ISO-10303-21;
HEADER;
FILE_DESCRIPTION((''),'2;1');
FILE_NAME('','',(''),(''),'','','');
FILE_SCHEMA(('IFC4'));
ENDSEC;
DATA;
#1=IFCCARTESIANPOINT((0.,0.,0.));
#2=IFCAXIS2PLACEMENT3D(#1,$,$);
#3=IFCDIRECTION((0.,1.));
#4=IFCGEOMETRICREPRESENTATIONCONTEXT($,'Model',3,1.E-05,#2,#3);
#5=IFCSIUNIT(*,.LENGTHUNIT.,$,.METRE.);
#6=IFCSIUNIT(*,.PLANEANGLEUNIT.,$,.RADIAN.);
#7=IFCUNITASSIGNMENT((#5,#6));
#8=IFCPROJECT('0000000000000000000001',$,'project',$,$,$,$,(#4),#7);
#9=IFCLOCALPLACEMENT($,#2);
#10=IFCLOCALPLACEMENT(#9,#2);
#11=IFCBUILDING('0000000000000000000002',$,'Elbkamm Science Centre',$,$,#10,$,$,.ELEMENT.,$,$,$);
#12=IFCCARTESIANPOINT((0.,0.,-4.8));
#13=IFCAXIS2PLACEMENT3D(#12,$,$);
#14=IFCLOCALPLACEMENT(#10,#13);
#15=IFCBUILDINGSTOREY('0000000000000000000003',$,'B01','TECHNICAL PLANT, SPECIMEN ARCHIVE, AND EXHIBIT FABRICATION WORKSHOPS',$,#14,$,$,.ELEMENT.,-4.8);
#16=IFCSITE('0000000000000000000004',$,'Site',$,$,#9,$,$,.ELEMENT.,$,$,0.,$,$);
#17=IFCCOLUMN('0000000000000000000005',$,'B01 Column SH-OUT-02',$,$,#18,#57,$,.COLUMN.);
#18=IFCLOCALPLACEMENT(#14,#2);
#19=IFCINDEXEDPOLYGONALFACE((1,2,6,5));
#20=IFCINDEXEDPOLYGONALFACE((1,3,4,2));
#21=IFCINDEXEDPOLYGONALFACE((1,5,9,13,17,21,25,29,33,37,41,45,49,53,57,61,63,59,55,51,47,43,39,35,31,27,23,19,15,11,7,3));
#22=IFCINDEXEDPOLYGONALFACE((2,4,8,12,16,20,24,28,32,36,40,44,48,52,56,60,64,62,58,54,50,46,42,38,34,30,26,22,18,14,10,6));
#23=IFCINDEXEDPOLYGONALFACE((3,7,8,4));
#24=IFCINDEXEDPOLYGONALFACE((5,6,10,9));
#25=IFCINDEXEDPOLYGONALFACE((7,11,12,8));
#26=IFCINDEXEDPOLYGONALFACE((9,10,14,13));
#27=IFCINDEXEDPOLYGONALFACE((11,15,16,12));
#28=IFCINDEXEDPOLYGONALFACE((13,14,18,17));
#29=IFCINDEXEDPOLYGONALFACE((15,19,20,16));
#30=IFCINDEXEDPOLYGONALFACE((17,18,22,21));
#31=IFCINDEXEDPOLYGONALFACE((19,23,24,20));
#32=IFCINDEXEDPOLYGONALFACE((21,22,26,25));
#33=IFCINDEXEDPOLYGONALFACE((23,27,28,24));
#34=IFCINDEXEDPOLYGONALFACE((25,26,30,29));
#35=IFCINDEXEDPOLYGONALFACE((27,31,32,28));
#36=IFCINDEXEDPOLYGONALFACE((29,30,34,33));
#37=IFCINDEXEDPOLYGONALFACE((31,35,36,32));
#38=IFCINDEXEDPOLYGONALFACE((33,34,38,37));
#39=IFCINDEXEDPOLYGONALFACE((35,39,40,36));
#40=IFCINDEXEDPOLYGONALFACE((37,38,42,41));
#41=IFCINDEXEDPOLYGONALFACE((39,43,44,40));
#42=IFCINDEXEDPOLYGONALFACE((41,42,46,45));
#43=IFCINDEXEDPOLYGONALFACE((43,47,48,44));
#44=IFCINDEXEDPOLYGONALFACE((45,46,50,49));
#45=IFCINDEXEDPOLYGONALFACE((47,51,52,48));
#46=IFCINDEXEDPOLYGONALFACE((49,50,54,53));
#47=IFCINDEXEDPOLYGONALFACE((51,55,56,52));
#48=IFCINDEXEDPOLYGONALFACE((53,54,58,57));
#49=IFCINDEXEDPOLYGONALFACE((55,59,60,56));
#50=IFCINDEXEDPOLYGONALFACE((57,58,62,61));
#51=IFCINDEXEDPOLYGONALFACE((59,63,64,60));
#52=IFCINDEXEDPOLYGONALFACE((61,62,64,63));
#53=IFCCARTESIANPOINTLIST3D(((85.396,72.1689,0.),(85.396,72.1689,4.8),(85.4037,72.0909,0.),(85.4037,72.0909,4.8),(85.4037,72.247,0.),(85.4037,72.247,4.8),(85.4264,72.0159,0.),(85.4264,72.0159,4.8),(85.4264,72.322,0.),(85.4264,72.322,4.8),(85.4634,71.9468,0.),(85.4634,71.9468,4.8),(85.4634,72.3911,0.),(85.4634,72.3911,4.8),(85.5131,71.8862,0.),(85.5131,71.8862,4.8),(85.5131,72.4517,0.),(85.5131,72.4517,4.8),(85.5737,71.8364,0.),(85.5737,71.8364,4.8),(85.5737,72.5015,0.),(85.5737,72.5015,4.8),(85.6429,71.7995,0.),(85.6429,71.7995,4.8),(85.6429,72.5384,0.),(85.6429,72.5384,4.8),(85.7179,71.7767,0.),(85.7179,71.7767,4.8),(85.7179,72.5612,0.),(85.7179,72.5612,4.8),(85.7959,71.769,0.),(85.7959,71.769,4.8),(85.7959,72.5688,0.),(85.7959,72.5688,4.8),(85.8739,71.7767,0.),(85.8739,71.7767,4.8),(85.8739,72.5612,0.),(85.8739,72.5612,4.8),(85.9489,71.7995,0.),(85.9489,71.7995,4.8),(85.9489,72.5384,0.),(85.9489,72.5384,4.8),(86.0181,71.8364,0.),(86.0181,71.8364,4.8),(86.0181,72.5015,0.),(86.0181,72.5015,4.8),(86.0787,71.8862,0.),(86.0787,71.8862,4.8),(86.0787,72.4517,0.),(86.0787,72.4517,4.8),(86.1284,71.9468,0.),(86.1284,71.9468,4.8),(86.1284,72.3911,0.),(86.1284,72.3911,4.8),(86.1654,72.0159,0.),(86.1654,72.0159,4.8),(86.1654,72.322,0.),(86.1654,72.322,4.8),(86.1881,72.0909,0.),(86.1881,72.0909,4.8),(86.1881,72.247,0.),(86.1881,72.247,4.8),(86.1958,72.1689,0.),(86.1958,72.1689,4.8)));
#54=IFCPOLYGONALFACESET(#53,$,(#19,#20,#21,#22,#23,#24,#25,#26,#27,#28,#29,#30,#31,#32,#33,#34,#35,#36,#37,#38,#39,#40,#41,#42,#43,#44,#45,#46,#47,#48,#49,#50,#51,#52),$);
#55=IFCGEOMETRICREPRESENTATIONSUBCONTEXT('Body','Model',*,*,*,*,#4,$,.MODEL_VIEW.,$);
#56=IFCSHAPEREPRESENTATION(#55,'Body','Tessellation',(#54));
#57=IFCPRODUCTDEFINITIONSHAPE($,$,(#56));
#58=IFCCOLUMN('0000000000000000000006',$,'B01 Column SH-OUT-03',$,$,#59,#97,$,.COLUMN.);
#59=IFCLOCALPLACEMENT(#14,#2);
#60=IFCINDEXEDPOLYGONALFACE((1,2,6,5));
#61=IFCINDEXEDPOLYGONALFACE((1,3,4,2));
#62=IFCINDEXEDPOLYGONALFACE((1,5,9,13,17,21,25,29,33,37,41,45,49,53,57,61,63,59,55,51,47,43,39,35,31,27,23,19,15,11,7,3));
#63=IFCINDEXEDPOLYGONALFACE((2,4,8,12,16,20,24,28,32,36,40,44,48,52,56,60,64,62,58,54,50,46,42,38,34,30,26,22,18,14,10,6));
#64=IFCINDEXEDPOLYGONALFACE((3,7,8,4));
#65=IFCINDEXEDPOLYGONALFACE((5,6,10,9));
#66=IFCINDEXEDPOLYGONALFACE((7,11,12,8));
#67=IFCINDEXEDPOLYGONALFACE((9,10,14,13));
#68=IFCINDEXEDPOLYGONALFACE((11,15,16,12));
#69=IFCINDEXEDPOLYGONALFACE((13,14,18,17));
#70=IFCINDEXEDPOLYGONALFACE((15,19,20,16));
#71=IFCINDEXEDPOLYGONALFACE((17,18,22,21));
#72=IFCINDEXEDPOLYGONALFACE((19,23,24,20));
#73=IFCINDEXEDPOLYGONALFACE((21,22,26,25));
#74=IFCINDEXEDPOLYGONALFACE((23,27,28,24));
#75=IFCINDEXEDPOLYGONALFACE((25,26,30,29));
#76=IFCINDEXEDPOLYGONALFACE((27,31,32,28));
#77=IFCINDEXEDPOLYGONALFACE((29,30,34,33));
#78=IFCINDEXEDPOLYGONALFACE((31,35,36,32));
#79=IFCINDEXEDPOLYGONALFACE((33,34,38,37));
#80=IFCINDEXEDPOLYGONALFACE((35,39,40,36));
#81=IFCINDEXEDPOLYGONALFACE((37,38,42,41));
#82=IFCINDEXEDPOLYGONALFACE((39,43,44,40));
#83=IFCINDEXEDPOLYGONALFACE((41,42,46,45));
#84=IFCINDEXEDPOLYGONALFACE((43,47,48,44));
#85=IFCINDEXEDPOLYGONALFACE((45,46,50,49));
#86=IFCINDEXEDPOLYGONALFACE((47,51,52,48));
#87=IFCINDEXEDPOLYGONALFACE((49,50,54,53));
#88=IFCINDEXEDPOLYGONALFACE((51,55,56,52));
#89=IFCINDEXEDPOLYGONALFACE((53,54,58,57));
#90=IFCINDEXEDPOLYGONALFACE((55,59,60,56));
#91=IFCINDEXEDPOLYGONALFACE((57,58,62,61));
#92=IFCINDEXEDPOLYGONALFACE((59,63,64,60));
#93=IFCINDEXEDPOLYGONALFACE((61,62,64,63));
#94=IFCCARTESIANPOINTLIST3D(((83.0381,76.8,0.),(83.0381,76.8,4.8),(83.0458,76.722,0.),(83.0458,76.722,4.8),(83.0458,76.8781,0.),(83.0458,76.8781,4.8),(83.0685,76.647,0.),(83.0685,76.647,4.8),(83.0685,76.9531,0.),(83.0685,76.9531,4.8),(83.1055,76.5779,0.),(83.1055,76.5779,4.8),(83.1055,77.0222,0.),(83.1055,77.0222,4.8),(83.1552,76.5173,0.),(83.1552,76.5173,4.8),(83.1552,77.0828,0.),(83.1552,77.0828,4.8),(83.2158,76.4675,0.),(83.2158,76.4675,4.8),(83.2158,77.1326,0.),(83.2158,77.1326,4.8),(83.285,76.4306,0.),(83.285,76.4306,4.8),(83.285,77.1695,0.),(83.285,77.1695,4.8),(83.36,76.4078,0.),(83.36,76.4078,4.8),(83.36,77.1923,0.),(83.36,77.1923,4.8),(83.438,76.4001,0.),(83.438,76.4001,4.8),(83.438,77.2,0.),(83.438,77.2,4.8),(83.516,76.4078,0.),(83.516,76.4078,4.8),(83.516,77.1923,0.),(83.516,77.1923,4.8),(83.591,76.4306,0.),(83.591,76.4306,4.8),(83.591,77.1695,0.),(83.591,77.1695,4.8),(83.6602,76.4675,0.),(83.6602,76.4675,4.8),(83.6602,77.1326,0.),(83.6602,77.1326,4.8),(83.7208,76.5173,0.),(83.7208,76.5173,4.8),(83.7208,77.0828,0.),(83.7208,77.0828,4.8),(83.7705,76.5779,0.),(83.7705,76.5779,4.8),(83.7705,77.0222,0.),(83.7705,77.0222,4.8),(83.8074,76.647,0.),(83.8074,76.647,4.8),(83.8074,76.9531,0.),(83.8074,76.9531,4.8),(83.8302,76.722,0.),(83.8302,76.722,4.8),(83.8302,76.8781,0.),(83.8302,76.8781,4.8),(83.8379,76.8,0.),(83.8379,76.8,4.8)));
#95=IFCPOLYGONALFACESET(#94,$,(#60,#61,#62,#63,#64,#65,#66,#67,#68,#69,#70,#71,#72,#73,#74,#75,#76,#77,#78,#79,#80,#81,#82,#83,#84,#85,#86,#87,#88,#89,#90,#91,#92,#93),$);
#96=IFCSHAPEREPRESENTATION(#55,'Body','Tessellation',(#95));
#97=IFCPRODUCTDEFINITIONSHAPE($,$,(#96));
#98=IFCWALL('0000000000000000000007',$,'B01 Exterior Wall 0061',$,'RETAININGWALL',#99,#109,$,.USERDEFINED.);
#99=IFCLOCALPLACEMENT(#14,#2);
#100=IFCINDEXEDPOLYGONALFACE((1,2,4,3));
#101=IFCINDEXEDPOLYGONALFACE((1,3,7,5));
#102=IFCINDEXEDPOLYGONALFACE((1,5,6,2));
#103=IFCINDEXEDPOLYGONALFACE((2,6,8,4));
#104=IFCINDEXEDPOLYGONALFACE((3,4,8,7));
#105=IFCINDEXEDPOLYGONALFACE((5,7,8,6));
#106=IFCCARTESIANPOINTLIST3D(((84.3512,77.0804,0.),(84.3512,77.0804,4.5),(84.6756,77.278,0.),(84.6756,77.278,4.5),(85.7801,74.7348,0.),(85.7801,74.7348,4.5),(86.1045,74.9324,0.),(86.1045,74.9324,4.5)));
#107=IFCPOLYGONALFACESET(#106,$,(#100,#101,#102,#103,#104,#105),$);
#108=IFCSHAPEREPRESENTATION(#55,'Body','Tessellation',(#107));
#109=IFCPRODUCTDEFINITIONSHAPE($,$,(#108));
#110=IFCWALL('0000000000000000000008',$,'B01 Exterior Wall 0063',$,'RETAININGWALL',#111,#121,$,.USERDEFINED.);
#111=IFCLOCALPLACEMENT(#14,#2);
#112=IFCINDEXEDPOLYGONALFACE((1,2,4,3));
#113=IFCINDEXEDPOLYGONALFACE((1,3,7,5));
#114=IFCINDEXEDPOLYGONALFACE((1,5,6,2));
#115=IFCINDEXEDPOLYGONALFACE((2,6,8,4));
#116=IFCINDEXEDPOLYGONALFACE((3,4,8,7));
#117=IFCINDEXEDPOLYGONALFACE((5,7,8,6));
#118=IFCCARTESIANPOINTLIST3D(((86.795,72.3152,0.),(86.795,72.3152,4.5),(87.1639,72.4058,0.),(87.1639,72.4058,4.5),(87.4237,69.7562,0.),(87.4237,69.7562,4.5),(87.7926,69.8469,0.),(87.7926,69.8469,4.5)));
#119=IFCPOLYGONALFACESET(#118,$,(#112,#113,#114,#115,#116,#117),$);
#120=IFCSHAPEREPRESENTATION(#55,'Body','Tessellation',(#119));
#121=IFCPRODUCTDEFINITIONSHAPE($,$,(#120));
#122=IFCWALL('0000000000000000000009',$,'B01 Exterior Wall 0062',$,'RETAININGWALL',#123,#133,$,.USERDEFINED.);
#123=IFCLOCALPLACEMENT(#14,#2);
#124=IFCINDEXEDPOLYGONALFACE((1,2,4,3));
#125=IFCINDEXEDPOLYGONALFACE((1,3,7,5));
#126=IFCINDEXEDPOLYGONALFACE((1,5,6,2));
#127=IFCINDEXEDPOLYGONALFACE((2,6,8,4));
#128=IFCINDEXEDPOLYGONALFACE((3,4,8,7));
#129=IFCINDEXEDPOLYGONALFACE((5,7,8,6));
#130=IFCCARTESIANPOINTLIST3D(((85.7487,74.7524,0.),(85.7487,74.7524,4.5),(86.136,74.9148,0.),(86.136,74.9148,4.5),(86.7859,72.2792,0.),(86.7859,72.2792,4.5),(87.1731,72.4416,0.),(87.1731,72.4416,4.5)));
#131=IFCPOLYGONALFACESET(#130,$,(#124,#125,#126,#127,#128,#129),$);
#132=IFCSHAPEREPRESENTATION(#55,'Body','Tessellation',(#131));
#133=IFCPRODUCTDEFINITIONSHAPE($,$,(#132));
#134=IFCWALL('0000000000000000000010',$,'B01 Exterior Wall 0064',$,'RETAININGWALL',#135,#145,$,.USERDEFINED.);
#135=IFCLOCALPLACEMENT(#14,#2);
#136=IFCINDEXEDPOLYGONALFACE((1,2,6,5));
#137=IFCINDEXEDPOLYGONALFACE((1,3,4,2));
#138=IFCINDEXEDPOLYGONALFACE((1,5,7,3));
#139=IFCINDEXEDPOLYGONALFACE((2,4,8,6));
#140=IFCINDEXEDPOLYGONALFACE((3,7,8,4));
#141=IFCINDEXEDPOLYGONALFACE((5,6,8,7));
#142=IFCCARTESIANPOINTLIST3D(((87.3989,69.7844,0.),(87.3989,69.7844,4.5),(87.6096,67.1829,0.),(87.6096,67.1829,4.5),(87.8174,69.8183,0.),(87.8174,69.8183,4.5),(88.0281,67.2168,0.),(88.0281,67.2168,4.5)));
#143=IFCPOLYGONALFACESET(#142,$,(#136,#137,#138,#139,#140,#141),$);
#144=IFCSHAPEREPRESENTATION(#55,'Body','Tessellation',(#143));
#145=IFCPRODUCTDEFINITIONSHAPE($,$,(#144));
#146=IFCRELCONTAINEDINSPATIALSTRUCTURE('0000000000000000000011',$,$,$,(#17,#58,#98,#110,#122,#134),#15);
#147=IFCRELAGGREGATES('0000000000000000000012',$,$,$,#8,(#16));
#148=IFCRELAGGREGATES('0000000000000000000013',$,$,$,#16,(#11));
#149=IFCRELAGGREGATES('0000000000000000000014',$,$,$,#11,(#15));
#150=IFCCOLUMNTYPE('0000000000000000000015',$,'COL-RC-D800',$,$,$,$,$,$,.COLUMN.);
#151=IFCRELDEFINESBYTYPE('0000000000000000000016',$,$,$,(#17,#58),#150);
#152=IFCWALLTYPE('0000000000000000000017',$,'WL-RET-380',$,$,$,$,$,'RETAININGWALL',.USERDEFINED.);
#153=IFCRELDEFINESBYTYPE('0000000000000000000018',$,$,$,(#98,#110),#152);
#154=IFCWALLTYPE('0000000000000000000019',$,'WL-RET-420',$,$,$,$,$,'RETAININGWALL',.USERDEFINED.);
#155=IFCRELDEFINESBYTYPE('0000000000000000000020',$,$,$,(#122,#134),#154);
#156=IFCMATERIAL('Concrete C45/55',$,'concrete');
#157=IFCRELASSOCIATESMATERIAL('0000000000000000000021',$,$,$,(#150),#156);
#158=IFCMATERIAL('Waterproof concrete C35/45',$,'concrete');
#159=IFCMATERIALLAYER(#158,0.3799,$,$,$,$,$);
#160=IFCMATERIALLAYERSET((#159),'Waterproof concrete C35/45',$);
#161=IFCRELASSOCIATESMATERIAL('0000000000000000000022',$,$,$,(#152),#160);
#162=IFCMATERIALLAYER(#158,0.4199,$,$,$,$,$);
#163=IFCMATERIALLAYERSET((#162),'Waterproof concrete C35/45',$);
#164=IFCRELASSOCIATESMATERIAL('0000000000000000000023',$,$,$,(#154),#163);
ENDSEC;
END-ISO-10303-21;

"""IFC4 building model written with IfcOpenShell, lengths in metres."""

from ifc_helpers import new_model, si_unit, direction, frame, frame_2d, origin, origin_2d, place, context, subcontext, project, spatial, rectangle, circle, extrude, material, layer, layer_set, material_profile, profile_set, type_object, element, save


model = new_model("IFC4")

# Units and contexts
model_context = context("Model", 3, precision=1e-05, world=origin(), true_north=direction((0.0, 1.0)))
body_context = subcontext(model_context, "Body", "Model", "MODEL_VIEW")
ifc_project = project(units=[si_unit("LENGTHUNIT", "METRE"), si_unit("PLANEANGLEUNIT", "RADIAN")], contexts=[model_context])

# Site, building, storey
site_placement = place(None, origin())
site = spatial("IfcSite", under=ifc_project, at=site_placement, Name="Site", CompositionType="ELEMENT", RefElevation=0.0)
building_placement = place(site_placement, origin())
building = spatial("IfcBuilding", under=site, at=building_placement, Name="Elbkamm Science Centre", CompositionType="ELEMENT")
storey_placement = place(building_placement, frame((0.0, 0.0, -4.8)))
storey = spatial("IfcBuildingStorey", under=building, at=storey_placement, Name="B01", Description="TECHNICAL PLANT, SPECIMEN ARCHIVE, AND EXHIBIT FABRICATION WORKSHOPS", CompositionType="ELEMENT", Elevation=-4.8)

# Columns
ifc_material_1 = material(Name="Concrete C45/55", Category="concrete")
ifc_material_profile_1 = material_profile(ifc_material_1, circle(Radius=0.3999, at=origin_2d()), Name="RC D800")
ifc_profile_set_1 = profile_set([ifc_material_profile_1], Name="Concrete C45/55")
column_type_1 = type_object("IfcColumnType", Name="COL-RC-D800", PredefinedType="COLUMN", material=ifc_profile_set_1)
for number, where, z_axis, x_axis, name in (
    (1, (85.7959, 72.1689, 0.0), (0.0, 0.0, 1.0), (1.0, 0.0, 0.0), "B01 Column SH-OUT-02"),
    (2, (83.438, 76.8, 0.0), (0.0, 0.0, 1.0), (1.0, 0.0, 0.0), "B01 Column SH-OUT-03"),
):
    element("IfcColumn", number, at=place(storey_placement, frame(where, z_axis=z_axis, x_axis=x_axis)), inside=storey, type_object=column_type_1, Name=name, PredefinedType="COLUMN", context=body_context, shape_type="SweptSolid", body=[
        extrude(circle(Radius=0.3999, at=origin_2d()), origin(), (0.0, 0.0, 1.0), 4.8),
    ])

# Walls
ifc_material_2 = material(Name="Waterproof concrete C35/45", Category="concrete")
ifc_layer_1 = layer(ifc_material_2, 0.3799)
ifc_layer_set_1 = layer_set([ifc_layer_1], Name="Waterproof concrete C35/45")
wall_type_1 = type_object("IfcWallType", Name="WL-RET-380", ElementType="RETAININGWALL", PredefinedType="USERDEFINED", material=ifc_layer_set_1)
wall_1_placement = place(storey_placement, frame((84.5134, 77.1792, 0.0), z_axis=(0.0, 0.0, 1.0), x_axis=(0.520249, -0.854015, 0.0)))
element("IfcWall", 3, at=wall_1_placement, inside=storey, type_object=wall_type_1, Name="B01 Exterior Wall 0061", ObjectType="RETAININGWALL", PredefinedType="USERDEFINED", context=body_context, shape_type="SweptSolid", body=[
    extrude(rectangle(XDim=2.7466, YDim=0.3799, at=frame_2d((1.3733, 0.0))), origin(), (0.0, 0.0, 1.0), 4.5),
])
wall_2_placement = place(storey_placement, frame((86.9795, 72.3604, 0.0), z_axis=(0.0, 0.0, 1.0), x_axis=(0.238588, -0.971121, 0.0)))
element("IfcWall", 4, at=wall_2_placement, inside=storey, type_object=wall_type_1, Name="B01 Exterior Wall 0063", ObjectType="RETAININGWALL", PredefinedType="USERDEFINED", context=body_context, shape_type="SweptSolid", body=[
    extrude(rectangle(XDim=2.635, YDim=0.3799, at=frame_2d((1.3174, 0.0))), origin(), (0.0, 0.0, 1.0), 4.5),
])
ifc_layer_2 = layer(ifc_material_2, 0.4199)
ifc_layer_set_2 = layer_set([ifc_layer_2], Name="Waterproof concrete C35/45")
wall_type_2 = type_object("IfcWallType", Name="WL-RET-420", ElementType="RETAININGWALL", PredefinedType="USERDEFINED", material=ifc_layer_set_2)
wall_3_placement = place(storey_placement, frame((85.9424, 74.8335, 0.0), z_axis=(0.0, 0.0, 1.0), x_axis=(0.386722, -0.922196, 0.0)))
element("IfcWall", 5, at=wall_3_placement, inside=storey, type_object=wall_type_2, Name="B01 Exterior Wall 0062", ObjectType="RETAININGWALL", PredefinedType="USERDEFINED", context=body_context, shape_type="SweptSolid", body=[
    extrude(rectangle(XDim=2.6819, YDim=0.4199, at=frame_2d((1.3408, 0.0))), origin(), (0.0, 0.0, 1.0), 4.5),
])
wall_4_placement = place(storey_placement, frame((87.6082, 69.8015, 0.0), z_axis=(0.0, 0.0, 1.0), x_axis=(0.080723, -0.996737, 0.0)))
element("IfcWall", 6, at=wall_4_placement, inside=storey, type_object=wall_type_2, Name="B01 Exterior Wall 0064", ObjectType="RETAININGWALL", PredefinedType="USERDEFINED", context=body_context, shape_type="SweptSolid", body=[
    extrude(rectangle(XDim=2.6101, YDim=0.4199, at=frame_2d((1.3052, 0.0))), origin(), (0.0, 0.0, 1.0), 4.5),
])

save(model, "model.ifc")
